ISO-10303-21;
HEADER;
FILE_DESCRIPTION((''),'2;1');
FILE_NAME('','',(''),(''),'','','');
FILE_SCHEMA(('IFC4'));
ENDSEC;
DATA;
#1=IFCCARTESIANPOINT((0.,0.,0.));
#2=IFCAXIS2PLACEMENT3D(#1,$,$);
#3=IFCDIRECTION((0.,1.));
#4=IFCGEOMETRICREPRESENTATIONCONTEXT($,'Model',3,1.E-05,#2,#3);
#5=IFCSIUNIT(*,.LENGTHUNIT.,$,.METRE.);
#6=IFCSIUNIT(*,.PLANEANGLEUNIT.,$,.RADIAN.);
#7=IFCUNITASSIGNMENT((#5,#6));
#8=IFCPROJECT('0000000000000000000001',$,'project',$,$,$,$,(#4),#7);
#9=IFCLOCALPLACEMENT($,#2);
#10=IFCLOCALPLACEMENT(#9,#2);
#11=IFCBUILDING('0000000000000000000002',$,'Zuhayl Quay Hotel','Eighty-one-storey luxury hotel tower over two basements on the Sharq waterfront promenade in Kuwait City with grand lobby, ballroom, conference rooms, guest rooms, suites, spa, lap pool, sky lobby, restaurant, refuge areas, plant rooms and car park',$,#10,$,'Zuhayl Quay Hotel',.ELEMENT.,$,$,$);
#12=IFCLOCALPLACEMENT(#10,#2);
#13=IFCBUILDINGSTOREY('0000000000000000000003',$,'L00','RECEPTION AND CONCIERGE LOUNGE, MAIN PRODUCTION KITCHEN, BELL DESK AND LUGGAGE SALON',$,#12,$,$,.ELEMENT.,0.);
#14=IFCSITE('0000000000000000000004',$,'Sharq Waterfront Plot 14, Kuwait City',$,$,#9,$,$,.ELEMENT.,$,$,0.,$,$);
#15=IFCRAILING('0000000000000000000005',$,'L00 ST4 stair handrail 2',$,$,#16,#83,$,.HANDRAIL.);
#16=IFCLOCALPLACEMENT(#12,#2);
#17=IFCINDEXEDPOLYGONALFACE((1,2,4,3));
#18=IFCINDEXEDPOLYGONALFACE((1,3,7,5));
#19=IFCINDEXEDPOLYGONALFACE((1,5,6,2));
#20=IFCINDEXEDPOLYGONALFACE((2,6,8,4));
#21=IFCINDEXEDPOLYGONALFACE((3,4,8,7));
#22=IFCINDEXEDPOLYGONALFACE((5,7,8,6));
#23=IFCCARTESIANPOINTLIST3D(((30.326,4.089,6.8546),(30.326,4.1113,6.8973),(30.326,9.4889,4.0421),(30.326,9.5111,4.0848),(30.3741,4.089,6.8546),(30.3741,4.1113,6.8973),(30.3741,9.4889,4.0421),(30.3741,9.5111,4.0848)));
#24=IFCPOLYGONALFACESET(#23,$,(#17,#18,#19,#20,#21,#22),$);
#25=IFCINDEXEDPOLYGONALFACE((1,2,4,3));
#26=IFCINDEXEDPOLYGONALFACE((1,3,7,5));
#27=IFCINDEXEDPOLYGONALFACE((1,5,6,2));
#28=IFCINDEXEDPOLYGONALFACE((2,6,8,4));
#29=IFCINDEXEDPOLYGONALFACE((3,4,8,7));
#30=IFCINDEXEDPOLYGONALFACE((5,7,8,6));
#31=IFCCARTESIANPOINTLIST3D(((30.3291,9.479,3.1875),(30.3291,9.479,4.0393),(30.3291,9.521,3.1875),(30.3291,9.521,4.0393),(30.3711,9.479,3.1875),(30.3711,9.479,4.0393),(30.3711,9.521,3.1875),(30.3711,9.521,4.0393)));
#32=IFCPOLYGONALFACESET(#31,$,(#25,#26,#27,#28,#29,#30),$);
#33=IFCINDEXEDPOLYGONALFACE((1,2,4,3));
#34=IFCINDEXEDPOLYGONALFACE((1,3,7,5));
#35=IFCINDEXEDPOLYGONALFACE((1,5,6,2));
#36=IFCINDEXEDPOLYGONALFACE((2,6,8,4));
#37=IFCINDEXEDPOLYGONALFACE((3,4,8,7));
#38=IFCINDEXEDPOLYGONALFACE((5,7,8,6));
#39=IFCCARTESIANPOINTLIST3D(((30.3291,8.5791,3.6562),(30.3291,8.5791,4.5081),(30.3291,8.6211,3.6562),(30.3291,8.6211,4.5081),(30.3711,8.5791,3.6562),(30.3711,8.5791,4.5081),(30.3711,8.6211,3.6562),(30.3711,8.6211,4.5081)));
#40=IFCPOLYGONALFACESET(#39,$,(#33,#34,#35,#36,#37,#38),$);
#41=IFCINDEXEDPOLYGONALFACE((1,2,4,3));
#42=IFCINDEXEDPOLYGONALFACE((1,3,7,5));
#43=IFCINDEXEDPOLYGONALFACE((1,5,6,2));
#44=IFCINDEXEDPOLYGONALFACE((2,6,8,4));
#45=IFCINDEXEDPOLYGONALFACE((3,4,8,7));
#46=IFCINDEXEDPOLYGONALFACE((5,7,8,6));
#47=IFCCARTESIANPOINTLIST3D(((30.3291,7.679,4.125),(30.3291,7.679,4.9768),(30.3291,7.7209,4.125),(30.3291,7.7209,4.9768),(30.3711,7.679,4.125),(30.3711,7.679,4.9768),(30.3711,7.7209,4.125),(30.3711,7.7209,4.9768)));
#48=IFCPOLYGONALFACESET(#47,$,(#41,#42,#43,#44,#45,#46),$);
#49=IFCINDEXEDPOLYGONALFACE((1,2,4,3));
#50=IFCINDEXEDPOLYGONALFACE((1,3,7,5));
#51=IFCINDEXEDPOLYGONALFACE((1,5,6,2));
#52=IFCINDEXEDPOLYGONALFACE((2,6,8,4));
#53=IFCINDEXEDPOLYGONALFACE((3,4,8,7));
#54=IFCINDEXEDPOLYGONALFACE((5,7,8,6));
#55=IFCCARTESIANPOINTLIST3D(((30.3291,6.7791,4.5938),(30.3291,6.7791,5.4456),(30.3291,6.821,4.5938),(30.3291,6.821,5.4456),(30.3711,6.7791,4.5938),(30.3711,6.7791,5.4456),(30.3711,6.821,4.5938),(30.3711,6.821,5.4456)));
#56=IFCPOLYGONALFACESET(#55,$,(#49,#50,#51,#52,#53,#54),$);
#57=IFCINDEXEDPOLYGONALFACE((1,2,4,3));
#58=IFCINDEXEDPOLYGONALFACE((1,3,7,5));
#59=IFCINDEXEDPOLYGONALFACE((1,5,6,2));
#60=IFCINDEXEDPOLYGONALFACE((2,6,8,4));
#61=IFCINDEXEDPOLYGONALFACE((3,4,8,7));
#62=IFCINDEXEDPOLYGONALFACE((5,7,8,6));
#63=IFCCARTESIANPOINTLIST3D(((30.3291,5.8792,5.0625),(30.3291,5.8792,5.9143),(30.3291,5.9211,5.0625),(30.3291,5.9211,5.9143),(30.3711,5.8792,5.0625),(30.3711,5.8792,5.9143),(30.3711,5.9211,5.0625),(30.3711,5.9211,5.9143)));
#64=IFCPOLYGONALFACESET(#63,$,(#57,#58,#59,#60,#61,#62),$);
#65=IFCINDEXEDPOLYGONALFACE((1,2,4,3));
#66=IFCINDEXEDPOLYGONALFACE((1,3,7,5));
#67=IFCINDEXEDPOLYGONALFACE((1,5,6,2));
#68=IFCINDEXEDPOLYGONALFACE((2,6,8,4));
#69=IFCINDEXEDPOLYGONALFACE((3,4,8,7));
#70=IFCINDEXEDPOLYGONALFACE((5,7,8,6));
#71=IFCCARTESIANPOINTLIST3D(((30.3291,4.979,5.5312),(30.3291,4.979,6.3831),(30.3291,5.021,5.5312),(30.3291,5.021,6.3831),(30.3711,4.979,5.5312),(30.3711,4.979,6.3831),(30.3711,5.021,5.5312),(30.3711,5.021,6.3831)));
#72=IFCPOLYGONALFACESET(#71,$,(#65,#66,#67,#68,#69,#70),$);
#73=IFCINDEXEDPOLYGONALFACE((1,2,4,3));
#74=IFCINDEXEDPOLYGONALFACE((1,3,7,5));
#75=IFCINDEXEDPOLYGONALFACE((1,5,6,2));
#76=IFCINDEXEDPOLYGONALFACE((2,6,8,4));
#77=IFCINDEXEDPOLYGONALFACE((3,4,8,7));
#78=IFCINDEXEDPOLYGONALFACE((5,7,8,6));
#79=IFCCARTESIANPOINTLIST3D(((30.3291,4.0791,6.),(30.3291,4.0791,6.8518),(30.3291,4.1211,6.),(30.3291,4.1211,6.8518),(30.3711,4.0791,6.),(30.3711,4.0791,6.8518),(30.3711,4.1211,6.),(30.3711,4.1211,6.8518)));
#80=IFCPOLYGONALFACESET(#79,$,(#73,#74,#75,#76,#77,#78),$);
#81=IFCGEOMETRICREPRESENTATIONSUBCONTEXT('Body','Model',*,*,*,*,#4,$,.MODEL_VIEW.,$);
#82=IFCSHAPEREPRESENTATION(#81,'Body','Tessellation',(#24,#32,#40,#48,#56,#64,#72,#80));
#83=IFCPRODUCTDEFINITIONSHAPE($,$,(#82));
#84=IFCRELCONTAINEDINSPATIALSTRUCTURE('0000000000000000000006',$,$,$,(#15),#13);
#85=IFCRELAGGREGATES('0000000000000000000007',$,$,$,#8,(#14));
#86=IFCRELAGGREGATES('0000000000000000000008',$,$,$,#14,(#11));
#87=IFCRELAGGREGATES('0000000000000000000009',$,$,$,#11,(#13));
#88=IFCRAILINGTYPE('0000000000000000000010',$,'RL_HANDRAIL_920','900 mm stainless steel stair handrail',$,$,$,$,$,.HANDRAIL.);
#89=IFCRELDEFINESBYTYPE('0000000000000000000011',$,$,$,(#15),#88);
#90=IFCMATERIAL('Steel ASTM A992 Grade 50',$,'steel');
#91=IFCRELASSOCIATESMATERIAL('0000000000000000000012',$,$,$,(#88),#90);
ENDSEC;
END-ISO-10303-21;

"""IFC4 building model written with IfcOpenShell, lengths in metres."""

from ifc_helpers import new_model, si_unit, direction, frame, origin, origin_2d, place, context, subcontext, project, spatial, rectangle, extrude, material, type_object, element, save


model = new_model("IFC4")

# Units and contexts
model_context = context("Model", 3, precision=1e-05, world=origin(), true_north=direction((0.0, 1.0)))
body_context = subcontext(model_context, "Body", "Model", "MODEL_VIEW")
ifc_project = project(units=[si_unit("LENGTHUNIT", "METRE"), si_unit("PLANEANGLEUNIT", "RADIAN")], contexts=[model_context])

# Site, building, storey
site_placement = place(None, origin())
site = spatial("IfcSite", under=ifc_project, at=site_placement, Name="Sharq Waterfront Plot 14, Kuwait City", CompositionType="ELEMENT", RefElevation=0.0)
building_placement = place(site_placement, origin())
building = spatial("IfcBuilding", under=site, at=building_placement, Name="Zuhayl Quay Hotel", Description="Eighty-one-storey luxury hotel tower over two basements on the Sharq waterfront promenade in Kuwait City with grand lobby, ballroom, conference rooms, guest rooms, suites, spa, lap pool, sky lobby, restaurant, refuge areas, plant rooms and car park", LongName="Zuhayl Quay Hotel", CompositionType="ELEMENT")
storey_placement = place(building_placement, origin())
storey = spatial("IfcBuildingStorey", under=building, at=storey_placement, Name="L00", Description="RECEPTION AND CONCIERGE LOUNGE, MAIN PRODUCTION KITCHEN, BELL DESK AND LUGGAGE SALON", CompositionType="ELEMENT", Elevation=0.0)

# Shared definitions
ifc_material_1 = material(Name="Steel ASTM A992 Grade 50", Category="steel")

# Railing
railing_type_1 = type_object("IfcRailingType", Name="RL_HANDRAIL_920", Description="900 mm stainless steel stair handrail", PredefinedType="HANDRAIL", material=ifc_material_1)
railing_1_placement = place(storey_placement, frame((30.3501, 9.5, 3.1875)))
element("IfcRailing", 1, at=railing_1_placement, inside=storey, type_object=railing_type_1, Name="L00 ST4 stair handrail 2", PredefinedType="HANDRAIL", context=body_context, shape_type="SweptSolid", body=[
    extrude(rectangle(XDim=0.0481, YDim=0.0481, at=origin_2d()), frame((0.0, 0.0, 0.876), z_axis=(0.0, -0.886911, 0.461941), x_axis=(1.0, 0.0, 0.0)), (0.0, 0.0, 1.0), 6.0884),
    extrude(rectangle(XDim=0.042, YDim=0.042, at=origin_2d()), origin(), (0.0, 0.0, 1.0), 0.8518),
    extrude(rectangle(XDim=0.042, YDim=0.042, at=origin_2d()), frame((0.0, -0.8999, 0.4688)), (0.0, 0.0, 1.0), 0.8518),
    extrude(rectangle(XDim=0.042, YDim=0.042, at=origin_2d()), frame((0.0, -1.8, 0.9375)), (0.0, 0.0, 1.0), 0.8518),
    extrude(rectangle(XDim=0.042, YDim=0.042, at=origin_2d()), frame((0.0, -2.7, 1.4062)), (0.0, 0.0, 1.0), 0.8518),
    extrude(rectangle(XDim=0.042, YDim=0.042, at=origin_2d()), frame((0.0, -3.5999, 1.875)), (0.0, 0.0, 1.0), 0.8518),
    extrude(rectangle(XDim=0.042, YDim=0.042, at=origin_2d()), frame((0.0, -4.5, 2.3438)), (0.0, 0.0, 1.0), 0.8518),
    extrude(rectangle(XDim=0.042, YDim=0.042, at=origin_2d()), frame((0.0, -5.3999, 2.8125)), (0.0, 0.0, 1.0), 0.8518),
])

save(model, "model.ifc")
